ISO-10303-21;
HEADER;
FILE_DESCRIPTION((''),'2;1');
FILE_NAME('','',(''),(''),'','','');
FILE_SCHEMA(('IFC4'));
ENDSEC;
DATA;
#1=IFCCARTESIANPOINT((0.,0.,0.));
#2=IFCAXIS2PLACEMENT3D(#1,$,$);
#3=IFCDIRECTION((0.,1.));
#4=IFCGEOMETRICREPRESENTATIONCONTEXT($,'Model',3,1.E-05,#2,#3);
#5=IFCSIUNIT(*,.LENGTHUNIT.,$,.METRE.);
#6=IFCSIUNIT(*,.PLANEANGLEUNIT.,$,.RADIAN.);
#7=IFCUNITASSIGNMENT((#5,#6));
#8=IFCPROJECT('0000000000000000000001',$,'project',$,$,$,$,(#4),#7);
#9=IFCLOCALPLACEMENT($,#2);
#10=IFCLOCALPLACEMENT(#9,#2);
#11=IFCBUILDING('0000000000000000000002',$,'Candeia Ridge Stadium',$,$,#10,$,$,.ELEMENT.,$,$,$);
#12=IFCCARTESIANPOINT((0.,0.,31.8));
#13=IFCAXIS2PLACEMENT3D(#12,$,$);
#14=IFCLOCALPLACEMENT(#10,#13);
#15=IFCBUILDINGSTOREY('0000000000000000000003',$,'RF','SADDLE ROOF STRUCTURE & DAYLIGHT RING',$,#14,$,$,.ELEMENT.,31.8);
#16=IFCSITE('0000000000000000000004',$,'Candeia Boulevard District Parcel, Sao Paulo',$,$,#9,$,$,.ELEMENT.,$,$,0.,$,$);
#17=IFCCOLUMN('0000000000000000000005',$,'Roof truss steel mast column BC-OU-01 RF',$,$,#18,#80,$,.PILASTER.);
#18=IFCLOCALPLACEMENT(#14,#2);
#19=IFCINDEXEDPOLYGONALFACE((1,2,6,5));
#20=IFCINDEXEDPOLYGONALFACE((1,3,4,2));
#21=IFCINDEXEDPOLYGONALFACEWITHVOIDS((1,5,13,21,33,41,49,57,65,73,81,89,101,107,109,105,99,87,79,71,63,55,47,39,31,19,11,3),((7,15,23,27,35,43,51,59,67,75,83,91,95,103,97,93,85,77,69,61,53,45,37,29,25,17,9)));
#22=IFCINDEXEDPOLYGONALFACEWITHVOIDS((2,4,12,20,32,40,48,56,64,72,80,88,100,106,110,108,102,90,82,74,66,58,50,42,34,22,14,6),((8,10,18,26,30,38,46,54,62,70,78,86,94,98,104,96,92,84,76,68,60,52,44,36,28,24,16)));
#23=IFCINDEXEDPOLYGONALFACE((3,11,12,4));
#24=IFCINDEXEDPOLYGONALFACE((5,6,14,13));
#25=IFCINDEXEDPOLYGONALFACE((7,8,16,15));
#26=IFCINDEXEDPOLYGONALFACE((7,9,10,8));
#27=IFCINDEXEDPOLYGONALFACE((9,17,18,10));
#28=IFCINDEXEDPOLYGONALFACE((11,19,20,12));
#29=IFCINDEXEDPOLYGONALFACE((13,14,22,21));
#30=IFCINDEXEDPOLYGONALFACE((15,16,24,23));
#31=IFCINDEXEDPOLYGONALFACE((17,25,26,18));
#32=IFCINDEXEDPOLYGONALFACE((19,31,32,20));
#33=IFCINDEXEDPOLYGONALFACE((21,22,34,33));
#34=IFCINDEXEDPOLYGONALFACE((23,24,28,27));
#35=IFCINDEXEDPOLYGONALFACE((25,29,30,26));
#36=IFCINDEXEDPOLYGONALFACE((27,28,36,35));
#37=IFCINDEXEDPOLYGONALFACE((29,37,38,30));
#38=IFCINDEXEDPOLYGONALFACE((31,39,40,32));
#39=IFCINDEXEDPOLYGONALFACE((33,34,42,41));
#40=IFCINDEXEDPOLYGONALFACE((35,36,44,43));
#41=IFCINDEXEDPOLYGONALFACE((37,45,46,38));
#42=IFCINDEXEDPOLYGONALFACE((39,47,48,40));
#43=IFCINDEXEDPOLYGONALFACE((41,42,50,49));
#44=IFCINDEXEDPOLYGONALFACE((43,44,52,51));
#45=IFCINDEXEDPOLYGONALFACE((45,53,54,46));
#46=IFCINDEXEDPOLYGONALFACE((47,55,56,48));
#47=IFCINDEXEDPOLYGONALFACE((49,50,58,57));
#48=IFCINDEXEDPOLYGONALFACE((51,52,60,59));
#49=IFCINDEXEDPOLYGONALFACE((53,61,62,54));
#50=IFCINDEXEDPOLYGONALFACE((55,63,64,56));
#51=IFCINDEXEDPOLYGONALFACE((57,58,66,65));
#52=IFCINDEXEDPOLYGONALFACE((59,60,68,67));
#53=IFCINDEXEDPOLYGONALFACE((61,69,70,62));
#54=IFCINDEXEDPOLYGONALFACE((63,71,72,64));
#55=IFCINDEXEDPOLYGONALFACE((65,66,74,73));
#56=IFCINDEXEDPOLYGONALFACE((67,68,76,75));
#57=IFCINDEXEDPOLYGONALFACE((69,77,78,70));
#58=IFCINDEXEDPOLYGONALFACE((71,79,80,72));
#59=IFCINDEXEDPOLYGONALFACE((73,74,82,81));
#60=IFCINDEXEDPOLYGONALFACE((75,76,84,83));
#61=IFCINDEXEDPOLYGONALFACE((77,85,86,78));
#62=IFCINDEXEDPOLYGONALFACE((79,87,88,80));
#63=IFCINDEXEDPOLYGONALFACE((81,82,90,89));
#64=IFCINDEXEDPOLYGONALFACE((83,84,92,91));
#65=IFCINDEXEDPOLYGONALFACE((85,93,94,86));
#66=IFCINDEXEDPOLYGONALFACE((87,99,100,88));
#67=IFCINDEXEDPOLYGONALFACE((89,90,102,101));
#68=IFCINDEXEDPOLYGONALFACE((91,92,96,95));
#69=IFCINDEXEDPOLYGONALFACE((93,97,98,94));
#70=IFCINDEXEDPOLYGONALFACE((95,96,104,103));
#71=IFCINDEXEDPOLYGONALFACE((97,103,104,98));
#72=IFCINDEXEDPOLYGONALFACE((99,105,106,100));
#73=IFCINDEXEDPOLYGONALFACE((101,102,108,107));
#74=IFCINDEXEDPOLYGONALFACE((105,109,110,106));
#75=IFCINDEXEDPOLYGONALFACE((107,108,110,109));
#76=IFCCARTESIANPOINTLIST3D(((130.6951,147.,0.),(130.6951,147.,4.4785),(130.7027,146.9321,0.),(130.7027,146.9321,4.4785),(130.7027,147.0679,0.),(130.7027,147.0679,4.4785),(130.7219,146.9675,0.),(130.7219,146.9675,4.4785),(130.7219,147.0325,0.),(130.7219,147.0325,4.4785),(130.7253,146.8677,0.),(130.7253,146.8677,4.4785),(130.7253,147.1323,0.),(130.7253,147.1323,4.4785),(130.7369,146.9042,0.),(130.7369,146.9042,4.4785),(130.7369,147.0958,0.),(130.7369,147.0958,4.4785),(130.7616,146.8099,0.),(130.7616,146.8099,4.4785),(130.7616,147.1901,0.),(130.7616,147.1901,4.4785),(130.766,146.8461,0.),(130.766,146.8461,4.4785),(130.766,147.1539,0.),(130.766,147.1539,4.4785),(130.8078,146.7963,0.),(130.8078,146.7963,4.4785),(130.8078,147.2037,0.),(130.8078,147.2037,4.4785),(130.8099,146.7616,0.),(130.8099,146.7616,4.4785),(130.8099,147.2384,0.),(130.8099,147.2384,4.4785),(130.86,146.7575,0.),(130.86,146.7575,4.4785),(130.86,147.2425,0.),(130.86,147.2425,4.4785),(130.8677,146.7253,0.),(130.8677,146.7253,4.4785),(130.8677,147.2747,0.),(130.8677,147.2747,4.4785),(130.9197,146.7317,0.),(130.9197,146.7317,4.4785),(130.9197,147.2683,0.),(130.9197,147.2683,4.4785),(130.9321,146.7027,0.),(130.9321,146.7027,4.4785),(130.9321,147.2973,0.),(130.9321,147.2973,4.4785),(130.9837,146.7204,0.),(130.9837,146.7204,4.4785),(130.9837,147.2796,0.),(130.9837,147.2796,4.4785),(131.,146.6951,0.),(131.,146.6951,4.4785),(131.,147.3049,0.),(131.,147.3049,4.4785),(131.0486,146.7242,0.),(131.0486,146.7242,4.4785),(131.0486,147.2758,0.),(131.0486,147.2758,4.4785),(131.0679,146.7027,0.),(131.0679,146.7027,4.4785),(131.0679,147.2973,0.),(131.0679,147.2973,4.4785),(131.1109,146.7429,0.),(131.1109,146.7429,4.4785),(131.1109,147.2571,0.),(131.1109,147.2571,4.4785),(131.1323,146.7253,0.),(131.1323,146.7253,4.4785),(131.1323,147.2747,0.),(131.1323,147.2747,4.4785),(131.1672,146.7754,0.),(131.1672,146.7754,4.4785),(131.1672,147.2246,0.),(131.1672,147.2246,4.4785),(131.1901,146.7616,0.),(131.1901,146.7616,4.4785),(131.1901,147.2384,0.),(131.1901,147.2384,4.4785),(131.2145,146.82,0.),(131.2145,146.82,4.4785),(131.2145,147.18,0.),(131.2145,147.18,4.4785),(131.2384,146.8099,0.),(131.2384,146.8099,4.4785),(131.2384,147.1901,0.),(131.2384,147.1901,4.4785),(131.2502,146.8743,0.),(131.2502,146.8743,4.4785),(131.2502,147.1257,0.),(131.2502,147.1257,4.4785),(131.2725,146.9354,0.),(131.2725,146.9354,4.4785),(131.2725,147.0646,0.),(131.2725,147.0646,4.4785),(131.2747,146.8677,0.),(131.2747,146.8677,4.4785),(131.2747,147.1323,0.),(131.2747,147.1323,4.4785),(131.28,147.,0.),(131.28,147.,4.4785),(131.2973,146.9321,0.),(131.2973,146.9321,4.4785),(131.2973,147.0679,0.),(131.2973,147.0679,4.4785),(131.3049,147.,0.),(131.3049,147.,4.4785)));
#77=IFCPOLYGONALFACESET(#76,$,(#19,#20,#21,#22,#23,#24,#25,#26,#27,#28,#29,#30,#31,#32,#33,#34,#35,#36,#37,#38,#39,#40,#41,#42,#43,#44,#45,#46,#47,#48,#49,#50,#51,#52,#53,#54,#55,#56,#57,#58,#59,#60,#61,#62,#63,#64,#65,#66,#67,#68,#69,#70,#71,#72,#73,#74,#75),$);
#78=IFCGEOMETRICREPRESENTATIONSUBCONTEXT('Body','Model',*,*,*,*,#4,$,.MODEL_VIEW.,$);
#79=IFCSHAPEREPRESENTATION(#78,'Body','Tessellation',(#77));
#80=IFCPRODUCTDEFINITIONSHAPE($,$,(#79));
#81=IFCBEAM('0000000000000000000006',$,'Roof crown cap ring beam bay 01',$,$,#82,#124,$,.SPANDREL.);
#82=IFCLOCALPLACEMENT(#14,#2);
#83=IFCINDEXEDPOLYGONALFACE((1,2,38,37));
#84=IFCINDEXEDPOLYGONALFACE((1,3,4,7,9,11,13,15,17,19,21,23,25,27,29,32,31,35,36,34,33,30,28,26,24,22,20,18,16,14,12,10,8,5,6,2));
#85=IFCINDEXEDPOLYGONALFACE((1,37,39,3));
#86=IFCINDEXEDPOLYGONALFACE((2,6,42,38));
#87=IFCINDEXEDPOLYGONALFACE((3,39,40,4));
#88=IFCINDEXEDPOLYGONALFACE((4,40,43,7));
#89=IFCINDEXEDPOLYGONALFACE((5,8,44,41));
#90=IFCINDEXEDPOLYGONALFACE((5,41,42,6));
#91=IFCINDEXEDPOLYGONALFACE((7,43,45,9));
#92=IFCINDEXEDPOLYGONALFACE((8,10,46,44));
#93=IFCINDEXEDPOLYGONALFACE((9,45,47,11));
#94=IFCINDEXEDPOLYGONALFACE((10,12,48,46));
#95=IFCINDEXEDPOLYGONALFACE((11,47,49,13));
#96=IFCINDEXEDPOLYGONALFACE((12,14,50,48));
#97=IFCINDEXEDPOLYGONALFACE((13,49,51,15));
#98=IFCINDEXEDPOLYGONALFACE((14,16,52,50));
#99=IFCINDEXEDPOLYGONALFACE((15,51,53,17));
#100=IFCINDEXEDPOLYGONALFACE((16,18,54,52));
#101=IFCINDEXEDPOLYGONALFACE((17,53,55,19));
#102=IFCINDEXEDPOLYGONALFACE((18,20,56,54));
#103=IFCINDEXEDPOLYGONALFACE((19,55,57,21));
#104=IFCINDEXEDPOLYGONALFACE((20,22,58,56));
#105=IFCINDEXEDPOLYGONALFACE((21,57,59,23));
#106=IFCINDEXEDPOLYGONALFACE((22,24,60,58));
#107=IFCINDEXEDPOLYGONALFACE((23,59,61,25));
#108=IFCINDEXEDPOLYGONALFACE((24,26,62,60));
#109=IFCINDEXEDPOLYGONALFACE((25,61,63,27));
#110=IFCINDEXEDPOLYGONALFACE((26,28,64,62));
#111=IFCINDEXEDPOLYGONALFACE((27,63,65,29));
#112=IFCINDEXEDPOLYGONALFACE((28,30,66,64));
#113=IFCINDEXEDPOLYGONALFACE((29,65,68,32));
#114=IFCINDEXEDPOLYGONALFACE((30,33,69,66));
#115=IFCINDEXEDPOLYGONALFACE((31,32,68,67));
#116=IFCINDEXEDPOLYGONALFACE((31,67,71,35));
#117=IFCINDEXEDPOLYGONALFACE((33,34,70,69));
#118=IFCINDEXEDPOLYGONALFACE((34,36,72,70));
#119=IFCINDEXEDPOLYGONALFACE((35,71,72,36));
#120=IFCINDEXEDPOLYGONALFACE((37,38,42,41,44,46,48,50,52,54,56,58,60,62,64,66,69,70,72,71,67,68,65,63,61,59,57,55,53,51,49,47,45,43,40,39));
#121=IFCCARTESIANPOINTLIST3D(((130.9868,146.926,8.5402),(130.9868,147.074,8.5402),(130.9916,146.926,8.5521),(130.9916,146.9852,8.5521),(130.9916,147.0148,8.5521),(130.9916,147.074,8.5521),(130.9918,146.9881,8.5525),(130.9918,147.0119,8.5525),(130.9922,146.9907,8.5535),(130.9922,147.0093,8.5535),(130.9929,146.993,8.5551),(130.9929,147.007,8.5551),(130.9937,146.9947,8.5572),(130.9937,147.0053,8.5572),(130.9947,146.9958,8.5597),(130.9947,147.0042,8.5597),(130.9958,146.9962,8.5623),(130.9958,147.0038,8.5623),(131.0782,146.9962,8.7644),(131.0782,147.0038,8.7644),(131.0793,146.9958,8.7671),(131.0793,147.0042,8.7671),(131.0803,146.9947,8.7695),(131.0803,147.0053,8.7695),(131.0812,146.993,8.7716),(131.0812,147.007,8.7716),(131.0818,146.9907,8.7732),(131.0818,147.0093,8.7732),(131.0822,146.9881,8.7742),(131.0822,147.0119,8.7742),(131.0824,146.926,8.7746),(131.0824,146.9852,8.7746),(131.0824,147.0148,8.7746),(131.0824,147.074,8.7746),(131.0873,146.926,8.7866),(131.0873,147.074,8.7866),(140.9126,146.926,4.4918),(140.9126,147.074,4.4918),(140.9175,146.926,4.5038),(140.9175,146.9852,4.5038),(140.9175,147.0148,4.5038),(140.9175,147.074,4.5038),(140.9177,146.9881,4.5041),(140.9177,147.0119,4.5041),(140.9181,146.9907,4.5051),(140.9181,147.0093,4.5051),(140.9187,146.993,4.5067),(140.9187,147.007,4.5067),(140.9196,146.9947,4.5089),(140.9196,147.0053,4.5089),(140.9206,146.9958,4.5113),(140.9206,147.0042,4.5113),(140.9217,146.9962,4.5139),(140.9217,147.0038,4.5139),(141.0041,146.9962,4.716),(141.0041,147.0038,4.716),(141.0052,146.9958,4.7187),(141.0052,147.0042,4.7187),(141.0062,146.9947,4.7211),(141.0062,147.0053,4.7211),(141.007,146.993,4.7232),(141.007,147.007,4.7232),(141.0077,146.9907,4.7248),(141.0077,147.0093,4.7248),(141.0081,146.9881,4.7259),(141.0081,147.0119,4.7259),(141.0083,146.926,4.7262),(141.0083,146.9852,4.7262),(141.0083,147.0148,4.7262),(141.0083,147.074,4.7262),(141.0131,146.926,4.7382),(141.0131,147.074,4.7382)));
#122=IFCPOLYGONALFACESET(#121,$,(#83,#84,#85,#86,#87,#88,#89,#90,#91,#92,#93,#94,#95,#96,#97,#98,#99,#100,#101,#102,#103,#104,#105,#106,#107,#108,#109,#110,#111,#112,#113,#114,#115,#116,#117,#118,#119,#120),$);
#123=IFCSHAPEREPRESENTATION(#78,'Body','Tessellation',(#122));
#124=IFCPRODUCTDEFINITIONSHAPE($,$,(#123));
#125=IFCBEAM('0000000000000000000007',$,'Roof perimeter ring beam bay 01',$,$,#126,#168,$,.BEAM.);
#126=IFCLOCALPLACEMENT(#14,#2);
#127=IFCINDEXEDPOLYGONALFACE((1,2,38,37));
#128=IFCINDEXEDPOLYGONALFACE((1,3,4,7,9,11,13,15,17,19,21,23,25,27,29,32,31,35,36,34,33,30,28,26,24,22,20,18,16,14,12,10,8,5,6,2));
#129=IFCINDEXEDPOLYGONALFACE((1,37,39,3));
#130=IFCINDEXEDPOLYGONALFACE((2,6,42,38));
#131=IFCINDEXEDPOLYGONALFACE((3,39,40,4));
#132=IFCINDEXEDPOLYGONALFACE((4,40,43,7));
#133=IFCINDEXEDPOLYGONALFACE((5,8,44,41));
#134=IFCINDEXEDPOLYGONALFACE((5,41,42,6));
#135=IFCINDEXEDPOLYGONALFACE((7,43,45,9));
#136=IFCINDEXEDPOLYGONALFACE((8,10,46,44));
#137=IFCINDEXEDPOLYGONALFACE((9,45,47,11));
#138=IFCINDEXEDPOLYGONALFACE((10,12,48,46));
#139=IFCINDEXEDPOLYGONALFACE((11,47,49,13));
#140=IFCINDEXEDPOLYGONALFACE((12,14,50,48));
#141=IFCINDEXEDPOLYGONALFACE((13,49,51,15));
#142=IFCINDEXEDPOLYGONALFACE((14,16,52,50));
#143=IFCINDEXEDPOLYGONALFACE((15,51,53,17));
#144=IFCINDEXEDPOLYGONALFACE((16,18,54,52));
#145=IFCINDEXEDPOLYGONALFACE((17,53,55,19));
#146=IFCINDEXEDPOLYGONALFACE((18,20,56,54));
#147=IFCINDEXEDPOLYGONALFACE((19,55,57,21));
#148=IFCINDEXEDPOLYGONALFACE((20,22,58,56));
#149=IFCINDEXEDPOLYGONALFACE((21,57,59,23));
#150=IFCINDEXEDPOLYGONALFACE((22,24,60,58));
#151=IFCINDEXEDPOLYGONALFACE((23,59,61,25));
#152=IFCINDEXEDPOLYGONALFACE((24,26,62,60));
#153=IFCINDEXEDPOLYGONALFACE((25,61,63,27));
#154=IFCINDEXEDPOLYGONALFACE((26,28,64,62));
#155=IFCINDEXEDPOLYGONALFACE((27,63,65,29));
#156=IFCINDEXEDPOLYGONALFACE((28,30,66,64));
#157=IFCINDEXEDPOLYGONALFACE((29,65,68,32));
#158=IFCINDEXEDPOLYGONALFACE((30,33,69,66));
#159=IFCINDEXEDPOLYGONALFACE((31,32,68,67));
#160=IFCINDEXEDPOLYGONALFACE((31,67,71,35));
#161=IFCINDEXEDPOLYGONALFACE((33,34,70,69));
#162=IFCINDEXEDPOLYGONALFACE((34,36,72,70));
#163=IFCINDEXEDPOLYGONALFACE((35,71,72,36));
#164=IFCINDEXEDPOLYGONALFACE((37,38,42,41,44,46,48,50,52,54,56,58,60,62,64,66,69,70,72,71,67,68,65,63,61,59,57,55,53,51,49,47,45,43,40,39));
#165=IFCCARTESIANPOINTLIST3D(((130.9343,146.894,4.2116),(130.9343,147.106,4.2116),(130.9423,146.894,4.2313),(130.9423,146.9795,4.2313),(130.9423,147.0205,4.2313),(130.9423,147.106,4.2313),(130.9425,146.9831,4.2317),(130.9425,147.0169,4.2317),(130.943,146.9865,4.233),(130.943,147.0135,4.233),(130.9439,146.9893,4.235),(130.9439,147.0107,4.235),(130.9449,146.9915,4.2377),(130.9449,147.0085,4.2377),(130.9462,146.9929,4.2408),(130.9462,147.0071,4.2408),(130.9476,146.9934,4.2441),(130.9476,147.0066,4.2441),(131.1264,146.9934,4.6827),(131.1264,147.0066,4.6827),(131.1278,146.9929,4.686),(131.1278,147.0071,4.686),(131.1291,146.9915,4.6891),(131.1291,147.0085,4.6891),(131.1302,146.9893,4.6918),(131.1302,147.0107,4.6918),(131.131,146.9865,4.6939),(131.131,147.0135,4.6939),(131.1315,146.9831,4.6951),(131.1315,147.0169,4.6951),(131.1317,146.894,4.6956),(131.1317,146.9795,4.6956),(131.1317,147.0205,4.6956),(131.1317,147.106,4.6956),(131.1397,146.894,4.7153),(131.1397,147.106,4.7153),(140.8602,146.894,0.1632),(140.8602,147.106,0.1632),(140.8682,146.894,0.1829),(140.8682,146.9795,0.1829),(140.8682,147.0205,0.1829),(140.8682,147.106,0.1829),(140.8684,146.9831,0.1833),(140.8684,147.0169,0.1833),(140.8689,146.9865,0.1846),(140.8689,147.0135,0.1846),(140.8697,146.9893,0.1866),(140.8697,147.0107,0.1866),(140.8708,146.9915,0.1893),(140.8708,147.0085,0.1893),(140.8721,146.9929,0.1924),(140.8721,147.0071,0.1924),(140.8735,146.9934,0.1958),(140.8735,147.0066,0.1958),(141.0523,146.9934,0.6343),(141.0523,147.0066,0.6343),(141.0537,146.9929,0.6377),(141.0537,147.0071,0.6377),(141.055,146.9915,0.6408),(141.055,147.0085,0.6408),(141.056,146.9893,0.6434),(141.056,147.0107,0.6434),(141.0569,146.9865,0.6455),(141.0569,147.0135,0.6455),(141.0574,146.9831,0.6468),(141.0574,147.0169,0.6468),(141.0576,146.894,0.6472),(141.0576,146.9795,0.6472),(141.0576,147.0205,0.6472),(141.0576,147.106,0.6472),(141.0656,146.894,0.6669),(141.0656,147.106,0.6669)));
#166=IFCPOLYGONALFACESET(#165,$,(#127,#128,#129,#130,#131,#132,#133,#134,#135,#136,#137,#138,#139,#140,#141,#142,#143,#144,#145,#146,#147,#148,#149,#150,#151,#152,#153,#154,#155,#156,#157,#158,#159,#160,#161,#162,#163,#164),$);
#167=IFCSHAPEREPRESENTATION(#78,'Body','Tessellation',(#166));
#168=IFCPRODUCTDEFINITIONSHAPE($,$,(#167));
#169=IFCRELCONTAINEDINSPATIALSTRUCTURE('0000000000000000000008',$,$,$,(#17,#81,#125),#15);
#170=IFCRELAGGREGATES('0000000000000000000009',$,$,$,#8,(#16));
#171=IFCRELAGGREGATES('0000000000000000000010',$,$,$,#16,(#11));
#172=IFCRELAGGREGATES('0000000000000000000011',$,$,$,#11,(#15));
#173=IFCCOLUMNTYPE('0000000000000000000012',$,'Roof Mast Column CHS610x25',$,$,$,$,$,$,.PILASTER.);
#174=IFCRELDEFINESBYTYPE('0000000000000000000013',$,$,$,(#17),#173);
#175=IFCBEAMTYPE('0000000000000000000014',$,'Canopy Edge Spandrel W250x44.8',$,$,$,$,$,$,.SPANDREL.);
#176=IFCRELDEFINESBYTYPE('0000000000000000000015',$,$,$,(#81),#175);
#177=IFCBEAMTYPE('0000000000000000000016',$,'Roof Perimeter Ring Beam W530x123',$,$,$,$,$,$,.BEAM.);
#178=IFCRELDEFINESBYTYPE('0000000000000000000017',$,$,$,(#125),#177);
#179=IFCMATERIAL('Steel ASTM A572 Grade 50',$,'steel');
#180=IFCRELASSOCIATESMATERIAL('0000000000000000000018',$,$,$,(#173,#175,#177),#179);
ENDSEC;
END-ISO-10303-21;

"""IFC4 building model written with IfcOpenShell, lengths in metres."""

from ifc_helpers import new_model, si_unit, direction, frame, origin, origin_2d, place, context, subcontext, project, spatial, hollow_circle, i_section, extrude, material, material_profile, profile_set, type_object, element, save


model = new_model("IFC4")

# Units and contexts
model_context = context("Model", 3, precision=1e-05, world=origin(), true_north=direction((0.0, 1.0)))
body_context = subcontext(model_context, "Body", "Model", "MODEL_VIEW")
ifc_project = project(units=[si_unit("LENGTHUNIT", "METRE"), si_unit("PLANEANGLEUNIT", "RADIAN")], contexts=[model_context])

# Site, building, storey
site_placement = place(None, origin())
site = spatial("IfcSite", under=ifc_project, at=site_placement, Name="Candeia Boulevard District Parcel, Sao Paulo", CompositionType="ELEMENT", RefElevation=0.0)
building_placement = place(site_placement, origin())
building = spatial("IfcBuilding", under=site, at=building_placement, Name="Candeia Ridge Stadium", CompositionType="ELEMENT")
storey_placement = place(building_placement, frame((0.0, 0.0, 31.8)))
storey = spatial("IfcBuildingStorey", under=building, at=storey_placement, Name="RF", Description="SADDLE ROOF STRUCTURE & DAYLIGHT RING", CompositionType="ELEMENT", Elevation=31.8)

# Column
ifc_material_1 = material(Name="Steel ASTM A572 Grade 50", Category="steel")
ifc_material_profile_1 = material_profile(ifc_material_1, hollow_circle(Radius=0.3049, WallThickness=0.0249, at=origin_2d()), Name="CHS610x25", Category="steel")
ifc_profile_set_1 = profile_set([ifc_material_profile_1], Name="Steel ASTM A572 Grade 50")
column_type = type_object("IfcColumnType", Name="Roof Mast Column CHS610x25", PredefinedType="PILASTER", material=ifc_profile_set_1)
column_placement = place(storey_placement, frame((131.0, 147.0, 0.0), z_axis=(0.0, 0.0, 1.0), x_axis=(1.0, 0.0, 0.0)))
element("IfcColumn", 1, at=column_placement, inside=storey, type_object=column_type, Name="Roof truss steel mast column BC-OU-01 RF", PredefinedType="PILASTER", context=body_context, shape_type="SweptSolid", body=[
    extrude(hollow_circle(Radius=0.3049, WallThickness=0.0249, at=origin_2d()), origin(), (0.0, 0.0, 1.0), 4.4785),
])

# Beams
ifc_material_profile_2 = material_profile(ifc_material_1, i_section(OverallWidth=0.1479, OverallDepth=0.2661, WebThickness=0.0076, FlangeThickness=0.0129, FilletRadius=0.011, at=origin_2d()), Name="W250x44.8", Category="steel")
ifc_profile_set_2 = profile_set([ifc_material_profile_2], Name="Steel ASTM A572 Grade 50")
beam_type_1 = type_object("IfcBeamType", Name="Canopy Edge Spandrel W250x44.8", PredefinedType="SPANDREL", material=ifc_profile_set_2)
beam_1_placement = place(storey_placement, frame((140.9629, 147.0, 4.615), z_axis=(-0.925946, 0.0, 0.377657), x_axis=(0.0, -1.0, 0.0)))
element("IfcBeam", 2, at=beam_1_placement, inside=storey, type_object=beam_type_1, Name="Roof crown cap ring beam bay 01", PredefinedType="SPANDREL", context=body_context, shape_type="SweptSolid", body=[
    extrude(i_section(OverallWidth=0.1479, OverallDepth=0.2661, WebThickness=0.0076, FlangeThickness=0.0129, FilletRadius=0.011, at=origin_2d()), origin(), (0.0, 0.0, 1.0), 10.7197),
])
ifc_material_profile_3 = material_profile(ifc_material_1, i_section(OverallWidth=0.2119, OverallDepth=0.5439, WebThickness=0.0132, FlangeThickness=0.0212, FilletRadius=0.0139, at=origin_2d()), Name="W530x123", Category="steel")
ifc_profile_set_3 = profile_set([ifc_material_profile_3], Name="Steel ASTM A572 Grade 50")
beam_type_2 = type_object("IfcBeamType", Name="Roof Perimeter Ring Beam W530x123", PredefinedType="BEAM", material=ifc_profile_set_3)
beam_2_placement = place(storey_placement, frame((140.9629, 147.0, 0.415), z_axis=(-0.925946, 0.0, 0.377657), x_axis=(0.0, -1.0, 0.0)))
element("IfcBeam", 3, at=beam_2_placement, inside=storey, type_object=beam_type_2, Name="Roof perimeter ring beam bay 01", PredefinedType="BEAM", context=body_context, shape_type="SweptSolid", body=[
    extrude(i_section(OverallWidth=0.2119, OverallDepth=0.5439, WebThickness=0.0132, FlangeThickness=0.0212, FilletRadius=0.0139, at=origin_2d()), origin(), (0.0, 0.0, 1.0), 10.7197),
])

save(model, "model.ifc")
